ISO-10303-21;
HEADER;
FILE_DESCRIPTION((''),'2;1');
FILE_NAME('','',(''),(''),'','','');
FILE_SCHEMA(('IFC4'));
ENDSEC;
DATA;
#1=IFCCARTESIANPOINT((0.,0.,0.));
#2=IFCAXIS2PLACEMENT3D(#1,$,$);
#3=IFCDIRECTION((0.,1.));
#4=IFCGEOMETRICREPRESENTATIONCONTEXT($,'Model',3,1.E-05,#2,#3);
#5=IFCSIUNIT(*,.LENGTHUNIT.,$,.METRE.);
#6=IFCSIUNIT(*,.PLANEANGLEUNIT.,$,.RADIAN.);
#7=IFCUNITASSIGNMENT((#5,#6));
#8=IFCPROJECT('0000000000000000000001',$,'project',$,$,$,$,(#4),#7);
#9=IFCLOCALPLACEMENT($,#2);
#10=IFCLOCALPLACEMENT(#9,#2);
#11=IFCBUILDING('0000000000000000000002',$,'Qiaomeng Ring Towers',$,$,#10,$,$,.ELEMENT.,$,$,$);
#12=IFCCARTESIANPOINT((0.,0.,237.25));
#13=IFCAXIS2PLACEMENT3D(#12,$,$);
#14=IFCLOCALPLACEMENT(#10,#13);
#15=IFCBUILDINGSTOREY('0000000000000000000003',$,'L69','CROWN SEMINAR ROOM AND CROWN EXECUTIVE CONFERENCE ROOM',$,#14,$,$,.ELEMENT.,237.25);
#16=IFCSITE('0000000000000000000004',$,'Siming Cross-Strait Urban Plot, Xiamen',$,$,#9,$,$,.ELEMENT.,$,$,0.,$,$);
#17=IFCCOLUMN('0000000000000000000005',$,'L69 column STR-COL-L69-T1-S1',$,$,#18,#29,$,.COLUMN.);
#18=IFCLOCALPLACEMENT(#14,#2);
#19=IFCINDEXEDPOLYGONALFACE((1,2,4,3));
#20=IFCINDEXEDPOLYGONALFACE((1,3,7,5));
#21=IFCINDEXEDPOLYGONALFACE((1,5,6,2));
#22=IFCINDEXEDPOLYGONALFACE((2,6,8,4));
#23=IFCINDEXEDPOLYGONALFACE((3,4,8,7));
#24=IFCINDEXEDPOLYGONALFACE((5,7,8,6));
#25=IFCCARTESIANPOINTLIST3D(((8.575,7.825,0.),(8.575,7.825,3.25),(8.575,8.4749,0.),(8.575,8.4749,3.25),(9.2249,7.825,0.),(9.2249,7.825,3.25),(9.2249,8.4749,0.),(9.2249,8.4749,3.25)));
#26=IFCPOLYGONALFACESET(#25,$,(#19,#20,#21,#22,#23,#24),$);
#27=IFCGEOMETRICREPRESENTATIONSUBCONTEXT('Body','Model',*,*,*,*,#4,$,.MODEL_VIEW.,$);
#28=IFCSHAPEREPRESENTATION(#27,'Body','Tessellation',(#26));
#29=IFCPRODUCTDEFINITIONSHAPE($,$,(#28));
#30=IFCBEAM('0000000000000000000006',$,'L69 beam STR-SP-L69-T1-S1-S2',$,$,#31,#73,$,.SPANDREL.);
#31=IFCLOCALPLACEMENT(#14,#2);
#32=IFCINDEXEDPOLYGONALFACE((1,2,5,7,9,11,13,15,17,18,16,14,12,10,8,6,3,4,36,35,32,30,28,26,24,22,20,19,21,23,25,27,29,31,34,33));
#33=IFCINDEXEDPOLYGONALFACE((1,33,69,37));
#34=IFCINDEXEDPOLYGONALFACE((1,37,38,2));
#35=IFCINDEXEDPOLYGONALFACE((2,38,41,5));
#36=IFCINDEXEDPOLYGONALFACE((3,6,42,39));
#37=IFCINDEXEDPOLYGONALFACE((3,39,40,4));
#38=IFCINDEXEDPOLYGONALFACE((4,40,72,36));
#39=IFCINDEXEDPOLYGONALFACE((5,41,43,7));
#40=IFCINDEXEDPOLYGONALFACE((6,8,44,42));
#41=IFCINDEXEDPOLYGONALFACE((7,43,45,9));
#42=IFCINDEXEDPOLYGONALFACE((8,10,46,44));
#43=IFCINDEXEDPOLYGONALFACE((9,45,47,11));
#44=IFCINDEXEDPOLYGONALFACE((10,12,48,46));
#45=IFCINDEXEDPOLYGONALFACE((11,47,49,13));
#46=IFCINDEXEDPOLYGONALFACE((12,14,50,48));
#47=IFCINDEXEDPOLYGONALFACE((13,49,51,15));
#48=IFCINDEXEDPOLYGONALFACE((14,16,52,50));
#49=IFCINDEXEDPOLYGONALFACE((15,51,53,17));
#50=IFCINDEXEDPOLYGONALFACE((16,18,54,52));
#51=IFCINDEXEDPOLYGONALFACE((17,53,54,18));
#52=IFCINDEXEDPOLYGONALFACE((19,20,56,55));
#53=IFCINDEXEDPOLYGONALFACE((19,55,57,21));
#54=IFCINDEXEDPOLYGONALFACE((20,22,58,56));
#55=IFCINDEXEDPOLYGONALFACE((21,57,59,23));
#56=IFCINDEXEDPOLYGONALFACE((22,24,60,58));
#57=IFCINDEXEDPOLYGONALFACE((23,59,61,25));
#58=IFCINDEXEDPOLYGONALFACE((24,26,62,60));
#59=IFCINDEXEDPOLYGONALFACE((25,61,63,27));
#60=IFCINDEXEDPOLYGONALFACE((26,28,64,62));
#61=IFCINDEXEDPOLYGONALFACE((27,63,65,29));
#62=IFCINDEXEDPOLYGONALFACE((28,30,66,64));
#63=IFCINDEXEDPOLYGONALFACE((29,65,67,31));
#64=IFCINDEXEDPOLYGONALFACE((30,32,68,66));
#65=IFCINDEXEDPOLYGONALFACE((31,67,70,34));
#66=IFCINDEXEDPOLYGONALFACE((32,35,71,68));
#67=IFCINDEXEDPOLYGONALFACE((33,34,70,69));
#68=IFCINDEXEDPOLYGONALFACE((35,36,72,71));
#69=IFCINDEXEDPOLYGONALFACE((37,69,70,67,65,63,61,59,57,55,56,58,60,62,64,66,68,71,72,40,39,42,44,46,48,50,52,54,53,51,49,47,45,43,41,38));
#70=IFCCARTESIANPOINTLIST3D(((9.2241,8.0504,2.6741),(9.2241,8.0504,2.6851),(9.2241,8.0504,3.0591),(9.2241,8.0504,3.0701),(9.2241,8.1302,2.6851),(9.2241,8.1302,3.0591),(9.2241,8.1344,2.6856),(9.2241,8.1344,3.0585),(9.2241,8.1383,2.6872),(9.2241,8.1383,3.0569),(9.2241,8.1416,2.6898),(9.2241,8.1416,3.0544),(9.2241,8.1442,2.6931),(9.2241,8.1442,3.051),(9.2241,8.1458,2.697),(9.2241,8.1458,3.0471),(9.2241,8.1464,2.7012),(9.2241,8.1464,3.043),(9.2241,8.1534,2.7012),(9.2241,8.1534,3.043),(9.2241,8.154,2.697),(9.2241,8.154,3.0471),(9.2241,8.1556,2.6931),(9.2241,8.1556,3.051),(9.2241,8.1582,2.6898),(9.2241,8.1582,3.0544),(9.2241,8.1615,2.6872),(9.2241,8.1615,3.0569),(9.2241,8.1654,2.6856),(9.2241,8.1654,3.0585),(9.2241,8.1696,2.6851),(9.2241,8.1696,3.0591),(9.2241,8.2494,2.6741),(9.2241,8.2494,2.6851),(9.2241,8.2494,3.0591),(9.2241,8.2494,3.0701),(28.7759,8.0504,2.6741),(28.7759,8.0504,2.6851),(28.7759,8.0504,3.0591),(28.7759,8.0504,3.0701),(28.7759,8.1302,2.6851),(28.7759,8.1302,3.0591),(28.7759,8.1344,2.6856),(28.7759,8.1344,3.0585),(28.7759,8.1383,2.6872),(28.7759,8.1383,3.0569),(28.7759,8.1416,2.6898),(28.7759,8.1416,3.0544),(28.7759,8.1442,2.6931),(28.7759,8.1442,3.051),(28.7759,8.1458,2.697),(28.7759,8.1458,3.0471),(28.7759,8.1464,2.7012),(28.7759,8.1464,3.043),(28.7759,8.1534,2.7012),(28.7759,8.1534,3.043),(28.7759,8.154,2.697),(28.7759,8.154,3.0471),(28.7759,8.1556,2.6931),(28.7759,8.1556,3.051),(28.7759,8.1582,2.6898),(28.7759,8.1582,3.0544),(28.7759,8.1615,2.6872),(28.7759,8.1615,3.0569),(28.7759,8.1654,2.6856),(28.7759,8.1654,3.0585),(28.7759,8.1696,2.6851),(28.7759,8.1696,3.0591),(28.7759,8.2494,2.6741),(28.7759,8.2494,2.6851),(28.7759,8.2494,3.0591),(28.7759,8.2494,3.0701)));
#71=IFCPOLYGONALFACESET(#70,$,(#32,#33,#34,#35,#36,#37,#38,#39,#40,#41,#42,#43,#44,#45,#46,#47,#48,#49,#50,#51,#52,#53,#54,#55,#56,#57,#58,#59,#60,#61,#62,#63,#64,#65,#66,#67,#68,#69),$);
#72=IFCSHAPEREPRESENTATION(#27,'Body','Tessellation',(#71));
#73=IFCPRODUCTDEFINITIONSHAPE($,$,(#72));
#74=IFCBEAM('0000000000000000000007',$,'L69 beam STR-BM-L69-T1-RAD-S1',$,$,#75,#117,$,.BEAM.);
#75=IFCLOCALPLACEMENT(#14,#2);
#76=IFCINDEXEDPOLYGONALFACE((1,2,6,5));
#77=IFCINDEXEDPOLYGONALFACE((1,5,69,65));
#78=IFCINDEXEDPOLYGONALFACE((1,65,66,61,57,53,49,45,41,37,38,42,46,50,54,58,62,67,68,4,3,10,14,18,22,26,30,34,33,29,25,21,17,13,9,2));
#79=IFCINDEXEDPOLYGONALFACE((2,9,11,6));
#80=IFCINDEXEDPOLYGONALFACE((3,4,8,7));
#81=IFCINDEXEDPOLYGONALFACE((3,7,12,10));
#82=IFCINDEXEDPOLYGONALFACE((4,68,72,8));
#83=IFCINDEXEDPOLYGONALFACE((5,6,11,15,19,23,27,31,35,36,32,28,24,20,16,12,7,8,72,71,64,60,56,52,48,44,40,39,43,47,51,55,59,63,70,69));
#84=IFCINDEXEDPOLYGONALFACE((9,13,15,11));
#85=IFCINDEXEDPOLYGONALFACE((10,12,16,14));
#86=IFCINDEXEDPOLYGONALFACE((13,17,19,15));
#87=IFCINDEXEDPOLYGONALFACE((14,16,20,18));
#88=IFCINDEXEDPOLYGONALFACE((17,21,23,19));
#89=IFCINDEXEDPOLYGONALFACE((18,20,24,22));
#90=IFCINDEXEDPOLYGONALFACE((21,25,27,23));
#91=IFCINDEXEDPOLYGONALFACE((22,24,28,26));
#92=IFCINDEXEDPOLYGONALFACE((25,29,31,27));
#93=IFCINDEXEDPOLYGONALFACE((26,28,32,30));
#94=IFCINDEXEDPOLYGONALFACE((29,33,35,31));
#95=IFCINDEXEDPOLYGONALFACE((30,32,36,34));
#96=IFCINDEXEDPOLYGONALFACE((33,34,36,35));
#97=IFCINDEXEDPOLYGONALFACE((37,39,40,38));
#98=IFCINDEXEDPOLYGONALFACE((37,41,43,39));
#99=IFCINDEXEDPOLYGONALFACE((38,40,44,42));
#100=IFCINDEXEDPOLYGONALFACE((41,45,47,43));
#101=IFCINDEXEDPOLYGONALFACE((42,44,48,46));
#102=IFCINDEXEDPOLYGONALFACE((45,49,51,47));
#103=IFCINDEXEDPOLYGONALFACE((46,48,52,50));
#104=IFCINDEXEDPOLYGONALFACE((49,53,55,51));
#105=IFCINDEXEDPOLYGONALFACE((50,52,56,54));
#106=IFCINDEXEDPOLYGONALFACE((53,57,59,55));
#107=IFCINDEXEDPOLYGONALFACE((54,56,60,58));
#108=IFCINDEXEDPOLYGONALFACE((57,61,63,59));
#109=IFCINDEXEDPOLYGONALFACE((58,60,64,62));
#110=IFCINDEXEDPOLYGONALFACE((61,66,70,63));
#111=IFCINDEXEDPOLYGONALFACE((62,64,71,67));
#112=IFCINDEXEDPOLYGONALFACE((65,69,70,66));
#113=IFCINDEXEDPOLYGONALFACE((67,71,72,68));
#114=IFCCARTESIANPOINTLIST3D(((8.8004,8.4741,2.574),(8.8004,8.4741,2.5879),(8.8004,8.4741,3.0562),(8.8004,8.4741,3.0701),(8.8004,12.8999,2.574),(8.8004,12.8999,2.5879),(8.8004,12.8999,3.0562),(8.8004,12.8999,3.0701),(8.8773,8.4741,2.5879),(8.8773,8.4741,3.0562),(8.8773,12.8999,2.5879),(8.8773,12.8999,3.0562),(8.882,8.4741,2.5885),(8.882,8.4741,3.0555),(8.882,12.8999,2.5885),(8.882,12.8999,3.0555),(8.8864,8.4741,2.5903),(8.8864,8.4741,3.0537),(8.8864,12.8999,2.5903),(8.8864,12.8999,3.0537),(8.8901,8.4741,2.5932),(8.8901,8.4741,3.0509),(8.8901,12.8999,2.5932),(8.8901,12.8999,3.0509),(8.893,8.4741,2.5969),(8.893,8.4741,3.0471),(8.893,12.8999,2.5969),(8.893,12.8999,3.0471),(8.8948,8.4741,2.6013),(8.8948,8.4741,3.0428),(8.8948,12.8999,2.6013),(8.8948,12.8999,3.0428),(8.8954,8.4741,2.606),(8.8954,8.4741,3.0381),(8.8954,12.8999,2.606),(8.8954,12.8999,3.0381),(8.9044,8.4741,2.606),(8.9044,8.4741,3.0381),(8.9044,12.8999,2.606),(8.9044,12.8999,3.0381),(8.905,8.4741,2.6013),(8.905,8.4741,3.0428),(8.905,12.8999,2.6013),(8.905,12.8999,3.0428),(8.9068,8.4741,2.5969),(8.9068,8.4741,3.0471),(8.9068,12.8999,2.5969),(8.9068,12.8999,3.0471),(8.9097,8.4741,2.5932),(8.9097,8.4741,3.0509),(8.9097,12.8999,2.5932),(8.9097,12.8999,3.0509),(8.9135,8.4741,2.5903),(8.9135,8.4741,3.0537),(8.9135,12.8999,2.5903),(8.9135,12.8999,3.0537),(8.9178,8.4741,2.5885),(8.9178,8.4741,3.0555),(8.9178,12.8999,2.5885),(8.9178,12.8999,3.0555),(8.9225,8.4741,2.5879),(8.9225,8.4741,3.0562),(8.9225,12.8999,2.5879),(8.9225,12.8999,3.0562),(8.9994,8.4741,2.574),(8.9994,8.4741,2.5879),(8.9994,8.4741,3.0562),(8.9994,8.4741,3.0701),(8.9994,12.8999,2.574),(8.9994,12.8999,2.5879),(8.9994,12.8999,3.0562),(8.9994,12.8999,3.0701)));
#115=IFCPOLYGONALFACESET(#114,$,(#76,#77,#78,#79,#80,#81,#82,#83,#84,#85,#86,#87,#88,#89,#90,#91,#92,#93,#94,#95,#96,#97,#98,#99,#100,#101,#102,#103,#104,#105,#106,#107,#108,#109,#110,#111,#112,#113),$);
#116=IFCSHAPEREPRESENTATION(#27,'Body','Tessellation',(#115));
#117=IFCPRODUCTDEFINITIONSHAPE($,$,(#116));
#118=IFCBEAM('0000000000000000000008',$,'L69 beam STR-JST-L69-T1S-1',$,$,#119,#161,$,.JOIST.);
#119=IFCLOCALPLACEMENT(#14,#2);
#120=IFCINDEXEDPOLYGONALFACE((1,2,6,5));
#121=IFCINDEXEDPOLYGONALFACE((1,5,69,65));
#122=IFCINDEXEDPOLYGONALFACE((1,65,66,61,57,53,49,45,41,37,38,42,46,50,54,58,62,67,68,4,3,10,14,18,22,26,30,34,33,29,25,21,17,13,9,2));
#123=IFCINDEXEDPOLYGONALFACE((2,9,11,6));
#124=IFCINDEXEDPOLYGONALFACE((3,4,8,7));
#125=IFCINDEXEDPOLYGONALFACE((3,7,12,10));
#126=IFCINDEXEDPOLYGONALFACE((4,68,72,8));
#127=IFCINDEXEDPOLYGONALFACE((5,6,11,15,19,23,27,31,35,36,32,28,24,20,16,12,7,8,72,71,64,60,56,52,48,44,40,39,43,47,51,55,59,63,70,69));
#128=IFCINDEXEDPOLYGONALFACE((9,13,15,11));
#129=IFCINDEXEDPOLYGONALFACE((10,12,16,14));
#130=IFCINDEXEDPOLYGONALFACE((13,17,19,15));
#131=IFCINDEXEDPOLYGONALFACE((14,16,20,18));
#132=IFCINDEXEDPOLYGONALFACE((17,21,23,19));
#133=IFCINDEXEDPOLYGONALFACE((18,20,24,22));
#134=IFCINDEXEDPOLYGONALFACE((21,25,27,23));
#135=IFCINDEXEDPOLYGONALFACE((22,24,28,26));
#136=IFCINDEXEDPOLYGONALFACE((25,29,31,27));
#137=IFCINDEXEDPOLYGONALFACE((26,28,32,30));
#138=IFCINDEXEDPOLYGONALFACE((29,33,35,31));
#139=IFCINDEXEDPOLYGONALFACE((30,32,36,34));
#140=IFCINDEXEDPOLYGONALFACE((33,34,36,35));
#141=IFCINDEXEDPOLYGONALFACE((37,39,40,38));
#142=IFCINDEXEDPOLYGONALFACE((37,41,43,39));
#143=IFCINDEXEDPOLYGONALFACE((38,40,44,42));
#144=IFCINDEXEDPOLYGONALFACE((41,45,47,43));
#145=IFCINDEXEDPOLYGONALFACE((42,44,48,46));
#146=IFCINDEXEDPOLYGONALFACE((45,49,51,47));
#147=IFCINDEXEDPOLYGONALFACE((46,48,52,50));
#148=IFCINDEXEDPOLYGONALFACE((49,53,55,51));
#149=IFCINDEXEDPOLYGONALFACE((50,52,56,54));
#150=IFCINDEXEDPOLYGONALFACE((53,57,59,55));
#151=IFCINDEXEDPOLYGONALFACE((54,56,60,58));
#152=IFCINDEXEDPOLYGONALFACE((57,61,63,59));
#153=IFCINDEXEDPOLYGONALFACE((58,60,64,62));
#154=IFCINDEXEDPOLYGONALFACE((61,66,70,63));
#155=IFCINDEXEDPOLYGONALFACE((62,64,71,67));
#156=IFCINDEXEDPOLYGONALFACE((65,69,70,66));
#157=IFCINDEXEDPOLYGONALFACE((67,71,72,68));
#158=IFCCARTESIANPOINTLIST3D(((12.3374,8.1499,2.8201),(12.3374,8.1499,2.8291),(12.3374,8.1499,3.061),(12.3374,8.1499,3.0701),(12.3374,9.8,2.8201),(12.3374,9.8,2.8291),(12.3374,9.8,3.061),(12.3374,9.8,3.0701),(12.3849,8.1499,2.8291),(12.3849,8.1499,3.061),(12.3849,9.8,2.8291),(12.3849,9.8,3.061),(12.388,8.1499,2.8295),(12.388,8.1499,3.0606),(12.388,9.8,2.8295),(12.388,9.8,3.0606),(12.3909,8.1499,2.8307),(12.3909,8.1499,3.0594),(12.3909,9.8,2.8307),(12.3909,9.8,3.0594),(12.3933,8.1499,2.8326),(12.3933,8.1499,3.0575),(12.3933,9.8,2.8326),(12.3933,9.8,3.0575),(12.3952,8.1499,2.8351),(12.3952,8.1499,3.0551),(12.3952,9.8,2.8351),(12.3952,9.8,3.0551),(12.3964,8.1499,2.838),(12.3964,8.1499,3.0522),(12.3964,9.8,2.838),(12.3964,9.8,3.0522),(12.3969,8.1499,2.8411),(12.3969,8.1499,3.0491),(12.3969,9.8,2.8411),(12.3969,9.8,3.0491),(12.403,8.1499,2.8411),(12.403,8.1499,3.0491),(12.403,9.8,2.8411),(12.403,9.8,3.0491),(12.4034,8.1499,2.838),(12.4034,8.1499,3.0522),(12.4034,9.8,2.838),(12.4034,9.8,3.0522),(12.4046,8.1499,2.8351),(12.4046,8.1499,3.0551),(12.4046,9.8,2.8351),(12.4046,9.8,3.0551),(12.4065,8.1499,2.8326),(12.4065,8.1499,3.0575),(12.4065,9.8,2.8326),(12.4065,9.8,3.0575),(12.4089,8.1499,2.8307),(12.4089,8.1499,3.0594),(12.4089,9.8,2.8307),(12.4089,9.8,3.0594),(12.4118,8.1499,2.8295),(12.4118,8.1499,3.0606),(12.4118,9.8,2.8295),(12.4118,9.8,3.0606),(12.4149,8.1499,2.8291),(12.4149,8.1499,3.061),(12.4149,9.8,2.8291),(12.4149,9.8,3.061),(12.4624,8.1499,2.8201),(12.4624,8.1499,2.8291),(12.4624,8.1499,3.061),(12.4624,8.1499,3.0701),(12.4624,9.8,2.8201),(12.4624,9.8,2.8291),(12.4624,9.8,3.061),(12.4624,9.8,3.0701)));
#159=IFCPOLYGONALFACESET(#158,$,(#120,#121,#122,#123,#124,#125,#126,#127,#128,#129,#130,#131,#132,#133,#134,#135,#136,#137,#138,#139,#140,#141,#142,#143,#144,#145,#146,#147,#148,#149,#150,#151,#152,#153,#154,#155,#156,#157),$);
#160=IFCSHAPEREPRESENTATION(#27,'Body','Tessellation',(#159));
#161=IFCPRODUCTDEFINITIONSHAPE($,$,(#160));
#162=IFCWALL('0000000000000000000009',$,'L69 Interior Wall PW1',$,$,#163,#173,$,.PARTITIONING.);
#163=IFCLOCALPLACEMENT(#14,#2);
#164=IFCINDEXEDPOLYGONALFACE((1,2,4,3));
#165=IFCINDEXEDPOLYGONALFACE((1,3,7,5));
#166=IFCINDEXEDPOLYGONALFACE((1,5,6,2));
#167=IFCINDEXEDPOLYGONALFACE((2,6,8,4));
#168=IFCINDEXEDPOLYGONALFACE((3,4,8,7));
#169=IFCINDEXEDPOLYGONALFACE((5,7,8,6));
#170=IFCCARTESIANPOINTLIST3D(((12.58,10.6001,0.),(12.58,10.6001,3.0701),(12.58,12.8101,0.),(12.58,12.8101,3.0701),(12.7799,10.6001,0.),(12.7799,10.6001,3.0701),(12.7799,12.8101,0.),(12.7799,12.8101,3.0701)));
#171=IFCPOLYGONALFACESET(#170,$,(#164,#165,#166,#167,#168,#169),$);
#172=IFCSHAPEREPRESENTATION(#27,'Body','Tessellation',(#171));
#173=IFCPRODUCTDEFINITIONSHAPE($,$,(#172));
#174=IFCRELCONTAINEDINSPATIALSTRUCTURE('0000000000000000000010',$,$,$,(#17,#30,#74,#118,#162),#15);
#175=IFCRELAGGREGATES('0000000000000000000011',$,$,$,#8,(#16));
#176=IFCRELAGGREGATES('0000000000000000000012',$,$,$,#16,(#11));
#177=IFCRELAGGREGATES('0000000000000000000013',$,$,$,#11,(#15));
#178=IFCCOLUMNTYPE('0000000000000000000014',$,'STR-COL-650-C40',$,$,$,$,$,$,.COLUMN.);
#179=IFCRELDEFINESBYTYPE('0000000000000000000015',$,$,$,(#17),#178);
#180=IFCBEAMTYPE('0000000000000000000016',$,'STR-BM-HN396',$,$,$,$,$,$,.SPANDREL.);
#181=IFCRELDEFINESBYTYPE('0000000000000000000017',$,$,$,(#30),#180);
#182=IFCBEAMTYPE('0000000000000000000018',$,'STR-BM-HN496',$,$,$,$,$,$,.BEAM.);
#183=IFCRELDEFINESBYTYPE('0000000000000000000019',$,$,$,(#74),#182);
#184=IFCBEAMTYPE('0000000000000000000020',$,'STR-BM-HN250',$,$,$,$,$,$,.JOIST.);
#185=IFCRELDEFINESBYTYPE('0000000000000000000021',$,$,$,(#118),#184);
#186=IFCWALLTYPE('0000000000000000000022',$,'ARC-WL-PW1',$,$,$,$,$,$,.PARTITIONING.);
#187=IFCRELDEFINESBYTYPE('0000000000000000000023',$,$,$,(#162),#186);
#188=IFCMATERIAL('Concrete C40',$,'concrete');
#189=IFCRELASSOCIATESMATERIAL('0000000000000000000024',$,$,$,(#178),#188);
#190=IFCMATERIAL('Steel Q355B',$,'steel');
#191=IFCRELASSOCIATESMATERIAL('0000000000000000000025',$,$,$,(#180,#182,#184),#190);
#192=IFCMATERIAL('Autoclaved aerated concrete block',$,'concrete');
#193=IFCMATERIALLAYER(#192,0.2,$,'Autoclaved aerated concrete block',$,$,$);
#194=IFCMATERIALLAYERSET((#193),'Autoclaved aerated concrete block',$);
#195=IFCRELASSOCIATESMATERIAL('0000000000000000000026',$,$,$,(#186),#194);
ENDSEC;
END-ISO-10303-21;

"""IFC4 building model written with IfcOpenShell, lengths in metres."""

from ifc_helpers import new_model, si_unit, direction, frame, frame_2d, origin, origin_2d, place, context, subcontext, project, spatial, rectangle, i_section, extrude, source, transform, mapped, material, layer, layer_set, material_profile, profile_set, type_object, element, save


model = new_model("IFC4")

# Units and contexts
model_context = context("Model", 3, precision=1e-05, world=origin(), true_north=direction((0.0, 1.0)))
body_context = subcontext(model_context, "Body", "Model", "MODEL_VIEW")
ifc_project = project(units=[si_unit("LENGTHUNIT", "METRE"), si_unit("PLANEANGLEUNIT", "RADIAN")], contexts=[model_context])

# Site, building, storey
site_placement = place(None, origin())
site = spatial("IfcSite", under=ifc_project, at=site_placement, Name="Siming Cross-Strait Urban Plot, Xiamen", CompositionType="ELEMENT", RefElevation=0.0)
building_placement = place(site_placement, origin())
building = spatial("IfcBuilding", under=site, at=building_placement, Name="Qiaomeng Ring Towers", CompositionType="ELEMENT")
storey_placement = place(building_placement, frame((0.0, 0.0, 237.25)))
storey = spatial("IfcBuildingStorey", under=building, at=storey_placement, Name="L69", Description="CROWN SEMINAR ROOM AND CROWN EXECUTIVE CONFERENCE ROOM", CompositionType="ELEMENT", Elevation=237.25)

# Column
ifc_material_1 = material(Name="Concrete C40", Category="concrete")
ifc_material_profile_1 = material_profile(ifc_material_1, rectangle(XDim=0.6499, YDim=0.6499, at=origin_2d()), Name="RC COL 650x650")
ifc_profile_set_1 = profile_set([ifc_material_profile_1], Name="Concrete C40")
column_type = type_object("IfcColumnType", Name="STR-COL-650-C40", PredefinedType="COLUMN", material=ifc_profile_set_1)
shared_shape_1 = source(origin(), body_context, "Body", "SweptSolid", [
    extrude(rectangle(XDim=0.6499, YDim=0.6499, at=origin_2d()), origin(), (0.0, 0.0, 1.0), 3.25),
])
column_placement = place(storey_placement, frame((8.8999, 8.1499, 0.0), z_axis=(0.0, 0.0, 1.0), x_axis=(1.0, 0.0, 0.0)))
element("IfcColumn", 1, at=column_placement, inside=storey, type_object=column_type, Name="L69 column STR-COL-L69-T1-S1", PredefinedType="COLUMN", context=body_context, shape_type="MappedRepresentation", body=[
    mapped(shared_shape_1, transform((0.0, 0.0, 0.0), x_axis=(1.0, 0.0, 0.0), y_axis=(0.0, 1.0, 0.0), z_axis=(0.0, 0.0, 1.0), scale=1.0)),
])

# Beams
ifc_material_2 = material(Name="Steel Q355B", Category="steel")
ifc_material_profile_2 = material_profile(ifc_material_2, i_section(OverallWidth=0.199, OverallDepth=0.396, WebThickness=0.0071, FlangeThickness=0.011, FilletRadius=0.0161, at=origin_2d()), Name="HN 396x199x7x11")
ifc_profile_set_2 = profile_set([ifc_material_profile_2], Name="Steel Q355B")
beam_type_1 = type_object("IfcBeamType", Name="STR-BM-HN396", PredefinedType="SPANDREL", material=ifc_profile_set_2)
shared_shape_2 = source(origin(), body_context, "Body", "SweptSolid", [
    extrude(i_section(OverallWidth=0.199, OverallDepth=0.396, WebThickness=0.0071, FlangeThickness=0.011, FilletRadius=0.0161, at=origin_2d()), origin(), (0.0, 0.0, 1.0), 19.5518),
])
beam_1_placement = place(storey_placement, frame((9.2241, 8.1499, 2.8721), z_axis=(1.0, 0.0, 0.0), x_axis=(0.0, 1.0, 0.0)))
element("IfcBeam", 2, at=beam_1_placement, inside=storey, type_object=beam_type_1, Name="L69 beam STR-SP-L69-T1-S1-S2", PredefinedType="SPANDREL", context=body_context, shape_type="MappedRepresentation", body=[
    mapped(shared_shape_2, transform((0.0, 0.0, 0.0), x_axis=(1.0, 0.0, 0.0), y_axis=(0.0, 1.0, 0.0), z_axis=(0.0, 0.0, 1.0), scale=1.0)),
])
ifc_material_profile_3 = material_profile(ifc_material_2, i_section(OverallWidth=0.199, OverallDepth=0.4961, WebThickness=0.009, FlangeThickness=0.0139, FilletRadius=0.0181, at=origin_2d()), Name="HN 496x199x9x14")
ifc_profile_set_3 = profile_set([ifc_material_profile_3], Name="Steel Q355B")
beam_type_2 = type_object("IfcBeamType", Name="STR-BM-HN496", PredefinedType="BEAM", material=ifc_profile_set_3)
shared_shape_3 = source(origin(), body_context, "Body", "SweptSolid", [
    extrude(i_section(OverallWidth=0.199, OverallDepth=0.4961, WebThickness=0.009, FlangeThickness=0.0139, FilletRadius=0.0181, at=origin_2d()), origin(), (0.0, 0.0, 1.0), 4.4258),
])
beam_2_placement = place(storey_placement, frame((8.8999, 8.4741, 2.822), z_axis=(0.0, 1.0, 0.0), x_axis=(-1.0, 0.0, 0.0)))
element("IfcBeam", 3, at=beam_2_placement, inside=storey, type_object=beam_type_2, Name="L69 beam STR-BM-L69-T1-RAD-S1", PredefinedType="BEAM", context=body_context, shape_type="MappedRepresentation", body=[
    mapped(shared_shape_3, transform((0.0, 0.0, 0.0), x_axis=(1.0, 0.0, 0.0), y_axis=(0.0, 1.0, 0.0), z_axis=(0.0, 0.0, 1.0), scale=1.0)),
])
ifc_material_profile_4 = material_profile(ifc_material_2, i_section(OverallWidth=0.125, OverallDepth=0.25, WebThickness=0.0061, FlangeThickness=0.009, FilletRadius=0.012, at=origin_2d()), Name="HN 250x125x6x9")
ifc_profile_set_4 = profile_set([ifc_material_profile_4], Name="Steel Q355B")
beam_type_3 = type_object("IfcBeamType", Name="STR-BM-HN250", PredefinedType="JOIST", material=ifc_profile_set_4)
shared_shape_4 = source(origin(), body_context, "Body", "SweptSolid", [
    extrude(i_section(OverallWidth=0.125, OverallDepth=0.25, WebThickness=0.0061, FlangeThickness=0.009, FilletRadius=0.012, at=origin_2d()), origin(), (0.0, 0.0, 1.0), 1.6501),
])
beam_3_placement = place(storey_placement, frame((12.3999, 8.1499, 2.9451), z_axis=(0.0, 1.0, 0.0), x_axis=(-1.0, 0.0, 0.0)))
element("IfcBeam", 4, at=beam_3_placement, inside=storey, type_object=beam_type_3, Name="L69 beam STR-JST-L69-T1S-1", PredefinedType="JOIST", context=body_context, shape_type="MappedRepresentation", body=[
    mapped(shared_shape_4, transform((0.0, 0.0, 0.0), x_axis=(1.0, 0.0, 0.0), y_axis=(0.0, 1.0, 0.0), z_axis=(0.0, 0.0, 1.0), scale=1.0)),
])

# Wall
ifc_material_3 = material(Name="Autoclaved aerated concrete block", Category="concrete")
ifc_layer_1 = layer(ifc_material_3, 0.2, Name="Autoclaved aerated concrete block")
ifc_layer_set_1 = layer_set([ifc_layer_1], Name="Autoclaved aerated concrete block")
wall_type_1 = type_object("IfcWallType", Name="ARC-WL-PW1", PredefinedType="PARTITIONING", material=ifc_layer_set_1)
wall_1_placement = place(storey_placement, frame((12.6799, 10.6001, 0.0), z_axis=(0.0, 0.0, 1.0), x_axis=(0.0, 1.0, 0.0)))
element("IfcWall", 5, at=wall_1_placement, inside=storey, type_object=wall_type_1, Name="L69 Interior Wall PW1", PredefinedType="PARTITIONING", context=body_context, shape_type="SweptSolid", body=[
    extrude(rectangle(XDim=2.21, YDim=0.2, at=frame_2d((1.105, 0.0))), origin(), (0.0, 0.0, 1.0), 3.0701),
])

save(model, "model.ifc")
